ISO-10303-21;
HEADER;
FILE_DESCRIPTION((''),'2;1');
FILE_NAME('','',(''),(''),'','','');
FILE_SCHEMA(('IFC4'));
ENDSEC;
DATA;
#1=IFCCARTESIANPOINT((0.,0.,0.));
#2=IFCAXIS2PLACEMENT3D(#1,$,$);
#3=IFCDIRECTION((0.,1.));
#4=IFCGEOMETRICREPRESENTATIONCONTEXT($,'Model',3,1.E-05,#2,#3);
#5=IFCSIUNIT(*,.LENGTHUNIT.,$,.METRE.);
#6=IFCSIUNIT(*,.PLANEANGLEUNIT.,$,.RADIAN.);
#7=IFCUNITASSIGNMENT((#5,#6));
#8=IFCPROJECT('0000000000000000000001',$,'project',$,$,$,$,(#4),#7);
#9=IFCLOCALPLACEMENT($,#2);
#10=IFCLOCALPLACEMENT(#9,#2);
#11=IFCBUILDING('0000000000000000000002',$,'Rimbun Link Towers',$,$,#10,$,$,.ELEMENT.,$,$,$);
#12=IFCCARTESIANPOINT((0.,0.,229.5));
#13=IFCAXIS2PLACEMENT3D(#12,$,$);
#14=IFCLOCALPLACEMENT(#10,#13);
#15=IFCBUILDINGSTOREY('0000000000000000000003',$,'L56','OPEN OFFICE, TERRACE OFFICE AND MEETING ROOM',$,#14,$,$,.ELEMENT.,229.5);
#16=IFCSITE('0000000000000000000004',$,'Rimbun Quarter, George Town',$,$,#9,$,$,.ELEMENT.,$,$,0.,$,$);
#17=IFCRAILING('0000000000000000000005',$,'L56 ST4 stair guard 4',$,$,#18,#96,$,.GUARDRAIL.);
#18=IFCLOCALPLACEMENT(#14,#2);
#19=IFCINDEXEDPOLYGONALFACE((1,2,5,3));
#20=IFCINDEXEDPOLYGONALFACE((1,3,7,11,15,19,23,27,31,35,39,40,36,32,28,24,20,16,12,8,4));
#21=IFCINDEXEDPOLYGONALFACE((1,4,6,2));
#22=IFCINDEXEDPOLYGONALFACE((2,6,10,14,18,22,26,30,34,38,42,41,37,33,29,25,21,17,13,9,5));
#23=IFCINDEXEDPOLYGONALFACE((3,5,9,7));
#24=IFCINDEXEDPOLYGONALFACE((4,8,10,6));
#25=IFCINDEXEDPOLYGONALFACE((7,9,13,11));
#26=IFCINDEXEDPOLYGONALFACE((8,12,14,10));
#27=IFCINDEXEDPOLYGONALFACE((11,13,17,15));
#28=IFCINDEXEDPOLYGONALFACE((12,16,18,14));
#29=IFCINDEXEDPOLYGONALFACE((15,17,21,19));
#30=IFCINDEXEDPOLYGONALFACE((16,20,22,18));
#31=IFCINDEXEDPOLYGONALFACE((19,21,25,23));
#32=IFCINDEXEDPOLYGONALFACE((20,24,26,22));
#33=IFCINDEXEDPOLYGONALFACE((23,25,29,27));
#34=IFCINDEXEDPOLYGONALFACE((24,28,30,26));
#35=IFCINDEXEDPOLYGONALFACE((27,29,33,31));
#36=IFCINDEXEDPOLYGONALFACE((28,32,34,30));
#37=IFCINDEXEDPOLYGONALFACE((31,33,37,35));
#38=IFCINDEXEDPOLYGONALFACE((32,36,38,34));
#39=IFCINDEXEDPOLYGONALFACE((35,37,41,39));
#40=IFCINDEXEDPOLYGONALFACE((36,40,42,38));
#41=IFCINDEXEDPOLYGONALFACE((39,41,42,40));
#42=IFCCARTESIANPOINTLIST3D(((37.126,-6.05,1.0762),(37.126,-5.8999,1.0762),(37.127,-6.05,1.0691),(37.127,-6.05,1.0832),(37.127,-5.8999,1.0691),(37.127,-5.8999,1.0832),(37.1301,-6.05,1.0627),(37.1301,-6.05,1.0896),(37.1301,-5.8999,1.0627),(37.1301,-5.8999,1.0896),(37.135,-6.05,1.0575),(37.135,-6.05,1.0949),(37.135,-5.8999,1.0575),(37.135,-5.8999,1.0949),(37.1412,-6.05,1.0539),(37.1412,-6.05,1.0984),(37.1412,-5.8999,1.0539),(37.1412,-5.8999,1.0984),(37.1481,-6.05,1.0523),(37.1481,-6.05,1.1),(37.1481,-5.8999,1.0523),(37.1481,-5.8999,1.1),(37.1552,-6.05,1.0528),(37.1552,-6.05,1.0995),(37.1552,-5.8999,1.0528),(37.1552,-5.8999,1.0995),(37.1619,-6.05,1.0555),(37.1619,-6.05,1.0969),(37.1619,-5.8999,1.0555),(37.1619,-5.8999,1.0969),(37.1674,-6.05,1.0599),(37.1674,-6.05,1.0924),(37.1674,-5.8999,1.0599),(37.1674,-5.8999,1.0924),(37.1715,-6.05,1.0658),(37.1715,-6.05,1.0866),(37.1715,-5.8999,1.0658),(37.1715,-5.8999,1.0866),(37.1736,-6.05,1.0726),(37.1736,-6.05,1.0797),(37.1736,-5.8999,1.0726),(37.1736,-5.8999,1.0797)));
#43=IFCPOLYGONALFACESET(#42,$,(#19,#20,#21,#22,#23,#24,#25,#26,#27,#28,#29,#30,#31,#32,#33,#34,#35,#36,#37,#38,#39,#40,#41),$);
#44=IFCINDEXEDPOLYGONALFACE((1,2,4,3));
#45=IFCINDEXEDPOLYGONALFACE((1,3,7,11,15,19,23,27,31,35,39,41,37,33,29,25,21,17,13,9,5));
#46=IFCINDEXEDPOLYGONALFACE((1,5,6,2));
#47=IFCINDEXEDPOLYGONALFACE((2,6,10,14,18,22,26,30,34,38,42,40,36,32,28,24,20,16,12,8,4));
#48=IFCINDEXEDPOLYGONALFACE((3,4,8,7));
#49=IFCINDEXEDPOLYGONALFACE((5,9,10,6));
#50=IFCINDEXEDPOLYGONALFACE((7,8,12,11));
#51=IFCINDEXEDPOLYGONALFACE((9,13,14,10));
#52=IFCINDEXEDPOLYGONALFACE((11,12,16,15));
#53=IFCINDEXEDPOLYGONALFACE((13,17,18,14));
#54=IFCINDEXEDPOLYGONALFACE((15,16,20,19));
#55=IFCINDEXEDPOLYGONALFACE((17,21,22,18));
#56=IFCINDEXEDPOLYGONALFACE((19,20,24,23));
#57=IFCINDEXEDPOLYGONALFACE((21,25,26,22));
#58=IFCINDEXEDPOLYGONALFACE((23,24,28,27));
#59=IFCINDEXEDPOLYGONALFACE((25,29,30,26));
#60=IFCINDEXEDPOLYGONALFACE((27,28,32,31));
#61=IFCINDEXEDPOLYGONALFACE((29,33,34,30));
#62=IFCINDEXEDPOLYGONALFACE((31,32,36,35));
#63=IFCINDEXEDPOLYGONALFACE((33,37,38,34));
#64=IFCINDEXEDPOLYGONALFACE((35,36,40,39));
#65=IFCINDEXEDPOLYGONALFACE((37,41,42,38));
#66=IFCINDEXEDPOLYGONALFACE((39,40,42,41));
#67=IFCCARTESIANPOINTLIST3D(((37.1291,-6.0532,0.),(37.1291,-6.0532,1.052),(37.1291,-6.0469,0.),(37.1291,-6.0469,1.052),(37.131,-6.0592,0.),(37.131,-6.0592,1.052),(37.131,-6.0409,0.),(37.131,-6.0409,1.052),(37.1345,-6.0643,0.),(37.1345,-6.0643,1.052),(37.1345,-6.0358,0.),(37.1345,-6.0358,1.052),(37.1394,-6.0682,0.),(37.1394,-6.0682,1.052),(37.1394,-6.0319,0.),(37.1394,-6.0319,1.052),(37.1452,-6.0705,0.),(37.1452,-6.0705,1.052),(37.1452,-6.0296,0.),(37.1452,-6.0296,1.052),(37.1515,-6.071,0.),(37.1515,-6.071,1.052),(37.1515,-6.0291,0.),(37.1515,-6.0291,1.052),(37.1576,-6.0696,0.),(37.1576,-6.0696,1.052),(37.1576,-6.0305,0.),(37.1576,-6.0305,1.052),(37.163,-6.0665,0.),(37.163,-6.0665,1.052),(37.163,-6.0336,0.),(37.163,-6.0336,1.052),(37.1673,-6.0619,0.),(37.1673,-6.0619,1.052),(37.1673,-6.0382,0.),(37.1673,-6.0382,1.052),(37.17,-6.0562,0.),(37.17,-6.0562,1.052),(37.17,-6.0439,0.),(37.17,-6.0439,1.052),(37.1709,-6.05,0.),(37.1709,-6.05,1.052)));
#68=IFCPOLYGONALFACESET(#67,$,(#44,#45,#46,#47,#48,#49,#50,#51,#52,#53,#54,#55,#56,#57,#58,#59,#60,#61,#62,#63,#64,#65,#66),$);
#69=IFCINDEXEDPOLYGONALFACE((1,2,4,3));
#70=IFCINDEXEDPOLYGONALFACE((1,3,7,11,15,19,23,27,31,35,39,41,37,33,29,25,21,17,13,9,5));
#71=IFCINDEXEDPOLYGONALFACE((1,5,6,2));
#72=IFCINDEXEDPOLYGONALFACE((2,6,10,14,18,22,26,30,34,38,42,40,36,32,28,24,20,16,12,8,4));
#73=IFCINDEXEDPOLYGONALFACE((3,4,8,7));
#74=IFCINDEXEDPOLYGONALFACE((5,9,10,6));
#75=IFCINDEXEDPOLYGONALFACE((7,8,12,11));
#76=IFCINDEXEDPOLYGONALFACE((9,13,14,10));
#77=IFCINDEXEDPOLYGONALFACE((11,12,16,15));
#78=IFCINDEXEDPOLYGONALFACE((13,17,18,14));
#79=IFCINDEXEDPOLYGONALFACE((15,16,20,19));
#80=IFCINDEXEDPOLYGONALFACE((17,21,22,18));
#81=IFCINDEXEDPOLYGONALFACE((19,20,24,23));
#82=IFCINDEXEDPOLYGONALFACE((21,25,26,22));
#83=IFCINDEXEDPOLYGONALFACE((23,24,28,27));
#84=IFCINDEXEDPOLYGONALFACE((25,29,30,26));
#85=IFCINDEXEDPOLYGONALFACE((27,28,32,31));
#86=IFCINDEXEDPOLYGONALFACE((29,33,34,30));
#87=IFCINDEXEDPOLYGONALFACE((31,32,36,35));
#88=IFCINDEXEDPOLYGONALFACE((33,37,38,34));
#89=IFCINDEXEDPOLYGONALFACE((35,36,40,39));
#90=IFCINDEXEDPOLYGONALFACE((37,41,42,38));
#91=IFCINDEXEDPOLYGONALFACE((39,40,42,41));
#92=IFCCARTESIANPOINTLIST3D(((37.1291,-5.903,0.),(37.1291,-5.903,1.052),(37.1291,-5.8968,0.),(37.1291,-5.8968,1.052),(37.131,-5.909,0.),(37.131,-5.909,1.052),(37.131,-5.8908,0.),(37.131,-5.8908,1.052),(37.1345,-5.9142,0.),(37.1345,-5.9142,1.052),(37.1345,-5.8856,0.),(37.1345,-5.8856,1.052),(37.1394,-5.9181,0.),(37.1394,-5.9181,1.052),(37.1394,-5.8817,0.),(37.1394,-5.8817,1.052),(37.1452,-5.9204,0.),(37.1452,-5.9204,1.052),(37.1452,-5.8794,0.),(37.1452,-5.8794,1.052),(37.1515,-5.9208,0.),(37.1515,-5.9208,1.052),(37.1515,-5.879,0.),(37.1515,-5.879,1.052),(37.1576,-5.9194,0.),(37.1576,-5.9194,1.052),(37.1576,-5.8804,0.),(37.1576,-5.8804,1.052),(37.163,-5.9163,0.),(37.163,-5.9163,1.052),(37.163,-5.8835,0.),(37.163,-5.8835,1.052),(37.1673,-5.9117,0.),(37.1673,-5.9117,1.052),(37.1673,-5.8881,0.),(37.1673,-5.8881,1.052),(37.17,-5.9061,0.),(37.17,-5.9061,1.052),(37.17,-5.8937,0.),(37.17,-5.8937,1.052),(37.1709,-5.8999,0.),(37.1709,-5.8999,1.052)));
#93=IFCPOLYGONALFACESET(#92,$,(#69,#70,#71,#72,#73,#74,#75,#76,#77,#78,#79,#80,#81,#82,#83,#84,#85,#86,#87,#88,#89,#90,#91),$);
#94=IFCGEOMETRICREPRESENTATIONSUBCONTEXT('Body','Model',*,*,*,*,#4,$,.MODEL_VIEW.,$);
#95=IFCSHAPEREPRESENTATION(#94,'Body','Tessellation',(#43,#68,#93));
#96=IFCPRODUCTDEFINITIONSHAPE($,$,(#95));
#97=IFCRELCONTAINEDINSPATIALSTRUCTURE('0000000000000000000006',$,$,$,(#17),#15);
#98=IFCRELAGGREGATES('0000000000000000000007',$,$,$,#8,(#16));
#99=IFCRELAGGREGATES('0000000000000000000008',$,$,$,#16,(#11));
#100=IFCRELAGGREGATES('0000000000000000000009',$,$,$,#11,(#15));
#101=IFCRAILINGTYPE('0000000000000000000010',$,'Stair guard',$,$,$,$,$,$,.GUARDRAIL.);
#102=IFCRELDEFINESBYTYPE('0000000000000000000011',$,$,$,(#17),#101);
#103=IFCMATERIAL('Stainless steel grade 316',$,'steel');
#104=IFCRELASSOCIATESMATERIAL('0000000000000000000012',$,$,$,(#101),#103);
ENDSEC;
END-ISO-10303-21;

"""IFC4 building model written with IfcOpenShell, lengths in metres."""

from ifc_helpers import new_model, si_unit, direction, frame, origin, origin_2d, place, context, subcontext, project, spatial, circle, extrude, material, type_object, element, save


model = new_model("IFC4")

# Units and contexts
model_context = context("Model", 3, precision=1e-05, world=origin(), true_north=direction((0.0, 1.0)))
body_context = subcontext(model_context, "Body", "Model", "MODEL_VIEW")
ifc_project = project(units=[si_unit("LENGTHUNIT", "METRE"), si_unit("PLANEANGLEUNIT", "RADIAN")], contexts=[model_context])

# Site, building, storey
site_placement = place(None, origin())
site = spatial("IfcSite", under=ifc_project, at=site_placement, Name="Rimbun Quarter, George Town", CompositionType="ELEMENT", RefElevation=0.0)
building_placement = place(site_placement, origin())
building = spatial("IfcBuilding", under=site, at=building_placement, Name="Rimbun Link Towers", CompositionType="ELEMENT")
storey_placement = place(building_placement, frame((0.0, 0.0, 229.5)))
storey = spatial("IfcBuildingStorey", under=building, at=storey_placement, Name="L56", Description="OPEN OFFICE, TERRACE OFFICE AND MEETING ROOM", CompositionType="ELEMENT", Elevation=229.5)

# Railing
ifc_material_1 = material(Name="Stainless steel grade 316", Category="steel")
railing_type_1 = type_object("IfcRailingType", Name="Stair guard", PredefinedType="GUARDRAIL", material=ifc_material_1)
railing_1_placement = place(storey_placement, frame((37.1499, -6.05, 0.0)))
element("IfcRailing", 1, at=railing_1_placement, inside=storey, type_object=railing_type_1, Name="L56 ST4 stair guard 4", PredefinedType="GUARDRAIL", context=body_context, shape_type="SweptSolid", body=[
    extrude(circle(Radius=0.0239, at=origin_2d()), frame((0.0, 0.0, 1.0762), z_axis=(0.0, 1.0, 0.0), x_axis=(-1.0, 0.0, 0.0)), (0.0, 0.0, 1.0), 0.1501),
    extrude(circle(Radius=0.021, at=origin_2d()), origin(), (0.0, 0.0, 1.0), 1.052),
    extrude(circle(Radius=0.021, at=origin_2d()), frame((0.0, 0.1501, 0.0)), (0.0, 0.0, 1.0), 1.052),
])

save(model, "model.ifc")
